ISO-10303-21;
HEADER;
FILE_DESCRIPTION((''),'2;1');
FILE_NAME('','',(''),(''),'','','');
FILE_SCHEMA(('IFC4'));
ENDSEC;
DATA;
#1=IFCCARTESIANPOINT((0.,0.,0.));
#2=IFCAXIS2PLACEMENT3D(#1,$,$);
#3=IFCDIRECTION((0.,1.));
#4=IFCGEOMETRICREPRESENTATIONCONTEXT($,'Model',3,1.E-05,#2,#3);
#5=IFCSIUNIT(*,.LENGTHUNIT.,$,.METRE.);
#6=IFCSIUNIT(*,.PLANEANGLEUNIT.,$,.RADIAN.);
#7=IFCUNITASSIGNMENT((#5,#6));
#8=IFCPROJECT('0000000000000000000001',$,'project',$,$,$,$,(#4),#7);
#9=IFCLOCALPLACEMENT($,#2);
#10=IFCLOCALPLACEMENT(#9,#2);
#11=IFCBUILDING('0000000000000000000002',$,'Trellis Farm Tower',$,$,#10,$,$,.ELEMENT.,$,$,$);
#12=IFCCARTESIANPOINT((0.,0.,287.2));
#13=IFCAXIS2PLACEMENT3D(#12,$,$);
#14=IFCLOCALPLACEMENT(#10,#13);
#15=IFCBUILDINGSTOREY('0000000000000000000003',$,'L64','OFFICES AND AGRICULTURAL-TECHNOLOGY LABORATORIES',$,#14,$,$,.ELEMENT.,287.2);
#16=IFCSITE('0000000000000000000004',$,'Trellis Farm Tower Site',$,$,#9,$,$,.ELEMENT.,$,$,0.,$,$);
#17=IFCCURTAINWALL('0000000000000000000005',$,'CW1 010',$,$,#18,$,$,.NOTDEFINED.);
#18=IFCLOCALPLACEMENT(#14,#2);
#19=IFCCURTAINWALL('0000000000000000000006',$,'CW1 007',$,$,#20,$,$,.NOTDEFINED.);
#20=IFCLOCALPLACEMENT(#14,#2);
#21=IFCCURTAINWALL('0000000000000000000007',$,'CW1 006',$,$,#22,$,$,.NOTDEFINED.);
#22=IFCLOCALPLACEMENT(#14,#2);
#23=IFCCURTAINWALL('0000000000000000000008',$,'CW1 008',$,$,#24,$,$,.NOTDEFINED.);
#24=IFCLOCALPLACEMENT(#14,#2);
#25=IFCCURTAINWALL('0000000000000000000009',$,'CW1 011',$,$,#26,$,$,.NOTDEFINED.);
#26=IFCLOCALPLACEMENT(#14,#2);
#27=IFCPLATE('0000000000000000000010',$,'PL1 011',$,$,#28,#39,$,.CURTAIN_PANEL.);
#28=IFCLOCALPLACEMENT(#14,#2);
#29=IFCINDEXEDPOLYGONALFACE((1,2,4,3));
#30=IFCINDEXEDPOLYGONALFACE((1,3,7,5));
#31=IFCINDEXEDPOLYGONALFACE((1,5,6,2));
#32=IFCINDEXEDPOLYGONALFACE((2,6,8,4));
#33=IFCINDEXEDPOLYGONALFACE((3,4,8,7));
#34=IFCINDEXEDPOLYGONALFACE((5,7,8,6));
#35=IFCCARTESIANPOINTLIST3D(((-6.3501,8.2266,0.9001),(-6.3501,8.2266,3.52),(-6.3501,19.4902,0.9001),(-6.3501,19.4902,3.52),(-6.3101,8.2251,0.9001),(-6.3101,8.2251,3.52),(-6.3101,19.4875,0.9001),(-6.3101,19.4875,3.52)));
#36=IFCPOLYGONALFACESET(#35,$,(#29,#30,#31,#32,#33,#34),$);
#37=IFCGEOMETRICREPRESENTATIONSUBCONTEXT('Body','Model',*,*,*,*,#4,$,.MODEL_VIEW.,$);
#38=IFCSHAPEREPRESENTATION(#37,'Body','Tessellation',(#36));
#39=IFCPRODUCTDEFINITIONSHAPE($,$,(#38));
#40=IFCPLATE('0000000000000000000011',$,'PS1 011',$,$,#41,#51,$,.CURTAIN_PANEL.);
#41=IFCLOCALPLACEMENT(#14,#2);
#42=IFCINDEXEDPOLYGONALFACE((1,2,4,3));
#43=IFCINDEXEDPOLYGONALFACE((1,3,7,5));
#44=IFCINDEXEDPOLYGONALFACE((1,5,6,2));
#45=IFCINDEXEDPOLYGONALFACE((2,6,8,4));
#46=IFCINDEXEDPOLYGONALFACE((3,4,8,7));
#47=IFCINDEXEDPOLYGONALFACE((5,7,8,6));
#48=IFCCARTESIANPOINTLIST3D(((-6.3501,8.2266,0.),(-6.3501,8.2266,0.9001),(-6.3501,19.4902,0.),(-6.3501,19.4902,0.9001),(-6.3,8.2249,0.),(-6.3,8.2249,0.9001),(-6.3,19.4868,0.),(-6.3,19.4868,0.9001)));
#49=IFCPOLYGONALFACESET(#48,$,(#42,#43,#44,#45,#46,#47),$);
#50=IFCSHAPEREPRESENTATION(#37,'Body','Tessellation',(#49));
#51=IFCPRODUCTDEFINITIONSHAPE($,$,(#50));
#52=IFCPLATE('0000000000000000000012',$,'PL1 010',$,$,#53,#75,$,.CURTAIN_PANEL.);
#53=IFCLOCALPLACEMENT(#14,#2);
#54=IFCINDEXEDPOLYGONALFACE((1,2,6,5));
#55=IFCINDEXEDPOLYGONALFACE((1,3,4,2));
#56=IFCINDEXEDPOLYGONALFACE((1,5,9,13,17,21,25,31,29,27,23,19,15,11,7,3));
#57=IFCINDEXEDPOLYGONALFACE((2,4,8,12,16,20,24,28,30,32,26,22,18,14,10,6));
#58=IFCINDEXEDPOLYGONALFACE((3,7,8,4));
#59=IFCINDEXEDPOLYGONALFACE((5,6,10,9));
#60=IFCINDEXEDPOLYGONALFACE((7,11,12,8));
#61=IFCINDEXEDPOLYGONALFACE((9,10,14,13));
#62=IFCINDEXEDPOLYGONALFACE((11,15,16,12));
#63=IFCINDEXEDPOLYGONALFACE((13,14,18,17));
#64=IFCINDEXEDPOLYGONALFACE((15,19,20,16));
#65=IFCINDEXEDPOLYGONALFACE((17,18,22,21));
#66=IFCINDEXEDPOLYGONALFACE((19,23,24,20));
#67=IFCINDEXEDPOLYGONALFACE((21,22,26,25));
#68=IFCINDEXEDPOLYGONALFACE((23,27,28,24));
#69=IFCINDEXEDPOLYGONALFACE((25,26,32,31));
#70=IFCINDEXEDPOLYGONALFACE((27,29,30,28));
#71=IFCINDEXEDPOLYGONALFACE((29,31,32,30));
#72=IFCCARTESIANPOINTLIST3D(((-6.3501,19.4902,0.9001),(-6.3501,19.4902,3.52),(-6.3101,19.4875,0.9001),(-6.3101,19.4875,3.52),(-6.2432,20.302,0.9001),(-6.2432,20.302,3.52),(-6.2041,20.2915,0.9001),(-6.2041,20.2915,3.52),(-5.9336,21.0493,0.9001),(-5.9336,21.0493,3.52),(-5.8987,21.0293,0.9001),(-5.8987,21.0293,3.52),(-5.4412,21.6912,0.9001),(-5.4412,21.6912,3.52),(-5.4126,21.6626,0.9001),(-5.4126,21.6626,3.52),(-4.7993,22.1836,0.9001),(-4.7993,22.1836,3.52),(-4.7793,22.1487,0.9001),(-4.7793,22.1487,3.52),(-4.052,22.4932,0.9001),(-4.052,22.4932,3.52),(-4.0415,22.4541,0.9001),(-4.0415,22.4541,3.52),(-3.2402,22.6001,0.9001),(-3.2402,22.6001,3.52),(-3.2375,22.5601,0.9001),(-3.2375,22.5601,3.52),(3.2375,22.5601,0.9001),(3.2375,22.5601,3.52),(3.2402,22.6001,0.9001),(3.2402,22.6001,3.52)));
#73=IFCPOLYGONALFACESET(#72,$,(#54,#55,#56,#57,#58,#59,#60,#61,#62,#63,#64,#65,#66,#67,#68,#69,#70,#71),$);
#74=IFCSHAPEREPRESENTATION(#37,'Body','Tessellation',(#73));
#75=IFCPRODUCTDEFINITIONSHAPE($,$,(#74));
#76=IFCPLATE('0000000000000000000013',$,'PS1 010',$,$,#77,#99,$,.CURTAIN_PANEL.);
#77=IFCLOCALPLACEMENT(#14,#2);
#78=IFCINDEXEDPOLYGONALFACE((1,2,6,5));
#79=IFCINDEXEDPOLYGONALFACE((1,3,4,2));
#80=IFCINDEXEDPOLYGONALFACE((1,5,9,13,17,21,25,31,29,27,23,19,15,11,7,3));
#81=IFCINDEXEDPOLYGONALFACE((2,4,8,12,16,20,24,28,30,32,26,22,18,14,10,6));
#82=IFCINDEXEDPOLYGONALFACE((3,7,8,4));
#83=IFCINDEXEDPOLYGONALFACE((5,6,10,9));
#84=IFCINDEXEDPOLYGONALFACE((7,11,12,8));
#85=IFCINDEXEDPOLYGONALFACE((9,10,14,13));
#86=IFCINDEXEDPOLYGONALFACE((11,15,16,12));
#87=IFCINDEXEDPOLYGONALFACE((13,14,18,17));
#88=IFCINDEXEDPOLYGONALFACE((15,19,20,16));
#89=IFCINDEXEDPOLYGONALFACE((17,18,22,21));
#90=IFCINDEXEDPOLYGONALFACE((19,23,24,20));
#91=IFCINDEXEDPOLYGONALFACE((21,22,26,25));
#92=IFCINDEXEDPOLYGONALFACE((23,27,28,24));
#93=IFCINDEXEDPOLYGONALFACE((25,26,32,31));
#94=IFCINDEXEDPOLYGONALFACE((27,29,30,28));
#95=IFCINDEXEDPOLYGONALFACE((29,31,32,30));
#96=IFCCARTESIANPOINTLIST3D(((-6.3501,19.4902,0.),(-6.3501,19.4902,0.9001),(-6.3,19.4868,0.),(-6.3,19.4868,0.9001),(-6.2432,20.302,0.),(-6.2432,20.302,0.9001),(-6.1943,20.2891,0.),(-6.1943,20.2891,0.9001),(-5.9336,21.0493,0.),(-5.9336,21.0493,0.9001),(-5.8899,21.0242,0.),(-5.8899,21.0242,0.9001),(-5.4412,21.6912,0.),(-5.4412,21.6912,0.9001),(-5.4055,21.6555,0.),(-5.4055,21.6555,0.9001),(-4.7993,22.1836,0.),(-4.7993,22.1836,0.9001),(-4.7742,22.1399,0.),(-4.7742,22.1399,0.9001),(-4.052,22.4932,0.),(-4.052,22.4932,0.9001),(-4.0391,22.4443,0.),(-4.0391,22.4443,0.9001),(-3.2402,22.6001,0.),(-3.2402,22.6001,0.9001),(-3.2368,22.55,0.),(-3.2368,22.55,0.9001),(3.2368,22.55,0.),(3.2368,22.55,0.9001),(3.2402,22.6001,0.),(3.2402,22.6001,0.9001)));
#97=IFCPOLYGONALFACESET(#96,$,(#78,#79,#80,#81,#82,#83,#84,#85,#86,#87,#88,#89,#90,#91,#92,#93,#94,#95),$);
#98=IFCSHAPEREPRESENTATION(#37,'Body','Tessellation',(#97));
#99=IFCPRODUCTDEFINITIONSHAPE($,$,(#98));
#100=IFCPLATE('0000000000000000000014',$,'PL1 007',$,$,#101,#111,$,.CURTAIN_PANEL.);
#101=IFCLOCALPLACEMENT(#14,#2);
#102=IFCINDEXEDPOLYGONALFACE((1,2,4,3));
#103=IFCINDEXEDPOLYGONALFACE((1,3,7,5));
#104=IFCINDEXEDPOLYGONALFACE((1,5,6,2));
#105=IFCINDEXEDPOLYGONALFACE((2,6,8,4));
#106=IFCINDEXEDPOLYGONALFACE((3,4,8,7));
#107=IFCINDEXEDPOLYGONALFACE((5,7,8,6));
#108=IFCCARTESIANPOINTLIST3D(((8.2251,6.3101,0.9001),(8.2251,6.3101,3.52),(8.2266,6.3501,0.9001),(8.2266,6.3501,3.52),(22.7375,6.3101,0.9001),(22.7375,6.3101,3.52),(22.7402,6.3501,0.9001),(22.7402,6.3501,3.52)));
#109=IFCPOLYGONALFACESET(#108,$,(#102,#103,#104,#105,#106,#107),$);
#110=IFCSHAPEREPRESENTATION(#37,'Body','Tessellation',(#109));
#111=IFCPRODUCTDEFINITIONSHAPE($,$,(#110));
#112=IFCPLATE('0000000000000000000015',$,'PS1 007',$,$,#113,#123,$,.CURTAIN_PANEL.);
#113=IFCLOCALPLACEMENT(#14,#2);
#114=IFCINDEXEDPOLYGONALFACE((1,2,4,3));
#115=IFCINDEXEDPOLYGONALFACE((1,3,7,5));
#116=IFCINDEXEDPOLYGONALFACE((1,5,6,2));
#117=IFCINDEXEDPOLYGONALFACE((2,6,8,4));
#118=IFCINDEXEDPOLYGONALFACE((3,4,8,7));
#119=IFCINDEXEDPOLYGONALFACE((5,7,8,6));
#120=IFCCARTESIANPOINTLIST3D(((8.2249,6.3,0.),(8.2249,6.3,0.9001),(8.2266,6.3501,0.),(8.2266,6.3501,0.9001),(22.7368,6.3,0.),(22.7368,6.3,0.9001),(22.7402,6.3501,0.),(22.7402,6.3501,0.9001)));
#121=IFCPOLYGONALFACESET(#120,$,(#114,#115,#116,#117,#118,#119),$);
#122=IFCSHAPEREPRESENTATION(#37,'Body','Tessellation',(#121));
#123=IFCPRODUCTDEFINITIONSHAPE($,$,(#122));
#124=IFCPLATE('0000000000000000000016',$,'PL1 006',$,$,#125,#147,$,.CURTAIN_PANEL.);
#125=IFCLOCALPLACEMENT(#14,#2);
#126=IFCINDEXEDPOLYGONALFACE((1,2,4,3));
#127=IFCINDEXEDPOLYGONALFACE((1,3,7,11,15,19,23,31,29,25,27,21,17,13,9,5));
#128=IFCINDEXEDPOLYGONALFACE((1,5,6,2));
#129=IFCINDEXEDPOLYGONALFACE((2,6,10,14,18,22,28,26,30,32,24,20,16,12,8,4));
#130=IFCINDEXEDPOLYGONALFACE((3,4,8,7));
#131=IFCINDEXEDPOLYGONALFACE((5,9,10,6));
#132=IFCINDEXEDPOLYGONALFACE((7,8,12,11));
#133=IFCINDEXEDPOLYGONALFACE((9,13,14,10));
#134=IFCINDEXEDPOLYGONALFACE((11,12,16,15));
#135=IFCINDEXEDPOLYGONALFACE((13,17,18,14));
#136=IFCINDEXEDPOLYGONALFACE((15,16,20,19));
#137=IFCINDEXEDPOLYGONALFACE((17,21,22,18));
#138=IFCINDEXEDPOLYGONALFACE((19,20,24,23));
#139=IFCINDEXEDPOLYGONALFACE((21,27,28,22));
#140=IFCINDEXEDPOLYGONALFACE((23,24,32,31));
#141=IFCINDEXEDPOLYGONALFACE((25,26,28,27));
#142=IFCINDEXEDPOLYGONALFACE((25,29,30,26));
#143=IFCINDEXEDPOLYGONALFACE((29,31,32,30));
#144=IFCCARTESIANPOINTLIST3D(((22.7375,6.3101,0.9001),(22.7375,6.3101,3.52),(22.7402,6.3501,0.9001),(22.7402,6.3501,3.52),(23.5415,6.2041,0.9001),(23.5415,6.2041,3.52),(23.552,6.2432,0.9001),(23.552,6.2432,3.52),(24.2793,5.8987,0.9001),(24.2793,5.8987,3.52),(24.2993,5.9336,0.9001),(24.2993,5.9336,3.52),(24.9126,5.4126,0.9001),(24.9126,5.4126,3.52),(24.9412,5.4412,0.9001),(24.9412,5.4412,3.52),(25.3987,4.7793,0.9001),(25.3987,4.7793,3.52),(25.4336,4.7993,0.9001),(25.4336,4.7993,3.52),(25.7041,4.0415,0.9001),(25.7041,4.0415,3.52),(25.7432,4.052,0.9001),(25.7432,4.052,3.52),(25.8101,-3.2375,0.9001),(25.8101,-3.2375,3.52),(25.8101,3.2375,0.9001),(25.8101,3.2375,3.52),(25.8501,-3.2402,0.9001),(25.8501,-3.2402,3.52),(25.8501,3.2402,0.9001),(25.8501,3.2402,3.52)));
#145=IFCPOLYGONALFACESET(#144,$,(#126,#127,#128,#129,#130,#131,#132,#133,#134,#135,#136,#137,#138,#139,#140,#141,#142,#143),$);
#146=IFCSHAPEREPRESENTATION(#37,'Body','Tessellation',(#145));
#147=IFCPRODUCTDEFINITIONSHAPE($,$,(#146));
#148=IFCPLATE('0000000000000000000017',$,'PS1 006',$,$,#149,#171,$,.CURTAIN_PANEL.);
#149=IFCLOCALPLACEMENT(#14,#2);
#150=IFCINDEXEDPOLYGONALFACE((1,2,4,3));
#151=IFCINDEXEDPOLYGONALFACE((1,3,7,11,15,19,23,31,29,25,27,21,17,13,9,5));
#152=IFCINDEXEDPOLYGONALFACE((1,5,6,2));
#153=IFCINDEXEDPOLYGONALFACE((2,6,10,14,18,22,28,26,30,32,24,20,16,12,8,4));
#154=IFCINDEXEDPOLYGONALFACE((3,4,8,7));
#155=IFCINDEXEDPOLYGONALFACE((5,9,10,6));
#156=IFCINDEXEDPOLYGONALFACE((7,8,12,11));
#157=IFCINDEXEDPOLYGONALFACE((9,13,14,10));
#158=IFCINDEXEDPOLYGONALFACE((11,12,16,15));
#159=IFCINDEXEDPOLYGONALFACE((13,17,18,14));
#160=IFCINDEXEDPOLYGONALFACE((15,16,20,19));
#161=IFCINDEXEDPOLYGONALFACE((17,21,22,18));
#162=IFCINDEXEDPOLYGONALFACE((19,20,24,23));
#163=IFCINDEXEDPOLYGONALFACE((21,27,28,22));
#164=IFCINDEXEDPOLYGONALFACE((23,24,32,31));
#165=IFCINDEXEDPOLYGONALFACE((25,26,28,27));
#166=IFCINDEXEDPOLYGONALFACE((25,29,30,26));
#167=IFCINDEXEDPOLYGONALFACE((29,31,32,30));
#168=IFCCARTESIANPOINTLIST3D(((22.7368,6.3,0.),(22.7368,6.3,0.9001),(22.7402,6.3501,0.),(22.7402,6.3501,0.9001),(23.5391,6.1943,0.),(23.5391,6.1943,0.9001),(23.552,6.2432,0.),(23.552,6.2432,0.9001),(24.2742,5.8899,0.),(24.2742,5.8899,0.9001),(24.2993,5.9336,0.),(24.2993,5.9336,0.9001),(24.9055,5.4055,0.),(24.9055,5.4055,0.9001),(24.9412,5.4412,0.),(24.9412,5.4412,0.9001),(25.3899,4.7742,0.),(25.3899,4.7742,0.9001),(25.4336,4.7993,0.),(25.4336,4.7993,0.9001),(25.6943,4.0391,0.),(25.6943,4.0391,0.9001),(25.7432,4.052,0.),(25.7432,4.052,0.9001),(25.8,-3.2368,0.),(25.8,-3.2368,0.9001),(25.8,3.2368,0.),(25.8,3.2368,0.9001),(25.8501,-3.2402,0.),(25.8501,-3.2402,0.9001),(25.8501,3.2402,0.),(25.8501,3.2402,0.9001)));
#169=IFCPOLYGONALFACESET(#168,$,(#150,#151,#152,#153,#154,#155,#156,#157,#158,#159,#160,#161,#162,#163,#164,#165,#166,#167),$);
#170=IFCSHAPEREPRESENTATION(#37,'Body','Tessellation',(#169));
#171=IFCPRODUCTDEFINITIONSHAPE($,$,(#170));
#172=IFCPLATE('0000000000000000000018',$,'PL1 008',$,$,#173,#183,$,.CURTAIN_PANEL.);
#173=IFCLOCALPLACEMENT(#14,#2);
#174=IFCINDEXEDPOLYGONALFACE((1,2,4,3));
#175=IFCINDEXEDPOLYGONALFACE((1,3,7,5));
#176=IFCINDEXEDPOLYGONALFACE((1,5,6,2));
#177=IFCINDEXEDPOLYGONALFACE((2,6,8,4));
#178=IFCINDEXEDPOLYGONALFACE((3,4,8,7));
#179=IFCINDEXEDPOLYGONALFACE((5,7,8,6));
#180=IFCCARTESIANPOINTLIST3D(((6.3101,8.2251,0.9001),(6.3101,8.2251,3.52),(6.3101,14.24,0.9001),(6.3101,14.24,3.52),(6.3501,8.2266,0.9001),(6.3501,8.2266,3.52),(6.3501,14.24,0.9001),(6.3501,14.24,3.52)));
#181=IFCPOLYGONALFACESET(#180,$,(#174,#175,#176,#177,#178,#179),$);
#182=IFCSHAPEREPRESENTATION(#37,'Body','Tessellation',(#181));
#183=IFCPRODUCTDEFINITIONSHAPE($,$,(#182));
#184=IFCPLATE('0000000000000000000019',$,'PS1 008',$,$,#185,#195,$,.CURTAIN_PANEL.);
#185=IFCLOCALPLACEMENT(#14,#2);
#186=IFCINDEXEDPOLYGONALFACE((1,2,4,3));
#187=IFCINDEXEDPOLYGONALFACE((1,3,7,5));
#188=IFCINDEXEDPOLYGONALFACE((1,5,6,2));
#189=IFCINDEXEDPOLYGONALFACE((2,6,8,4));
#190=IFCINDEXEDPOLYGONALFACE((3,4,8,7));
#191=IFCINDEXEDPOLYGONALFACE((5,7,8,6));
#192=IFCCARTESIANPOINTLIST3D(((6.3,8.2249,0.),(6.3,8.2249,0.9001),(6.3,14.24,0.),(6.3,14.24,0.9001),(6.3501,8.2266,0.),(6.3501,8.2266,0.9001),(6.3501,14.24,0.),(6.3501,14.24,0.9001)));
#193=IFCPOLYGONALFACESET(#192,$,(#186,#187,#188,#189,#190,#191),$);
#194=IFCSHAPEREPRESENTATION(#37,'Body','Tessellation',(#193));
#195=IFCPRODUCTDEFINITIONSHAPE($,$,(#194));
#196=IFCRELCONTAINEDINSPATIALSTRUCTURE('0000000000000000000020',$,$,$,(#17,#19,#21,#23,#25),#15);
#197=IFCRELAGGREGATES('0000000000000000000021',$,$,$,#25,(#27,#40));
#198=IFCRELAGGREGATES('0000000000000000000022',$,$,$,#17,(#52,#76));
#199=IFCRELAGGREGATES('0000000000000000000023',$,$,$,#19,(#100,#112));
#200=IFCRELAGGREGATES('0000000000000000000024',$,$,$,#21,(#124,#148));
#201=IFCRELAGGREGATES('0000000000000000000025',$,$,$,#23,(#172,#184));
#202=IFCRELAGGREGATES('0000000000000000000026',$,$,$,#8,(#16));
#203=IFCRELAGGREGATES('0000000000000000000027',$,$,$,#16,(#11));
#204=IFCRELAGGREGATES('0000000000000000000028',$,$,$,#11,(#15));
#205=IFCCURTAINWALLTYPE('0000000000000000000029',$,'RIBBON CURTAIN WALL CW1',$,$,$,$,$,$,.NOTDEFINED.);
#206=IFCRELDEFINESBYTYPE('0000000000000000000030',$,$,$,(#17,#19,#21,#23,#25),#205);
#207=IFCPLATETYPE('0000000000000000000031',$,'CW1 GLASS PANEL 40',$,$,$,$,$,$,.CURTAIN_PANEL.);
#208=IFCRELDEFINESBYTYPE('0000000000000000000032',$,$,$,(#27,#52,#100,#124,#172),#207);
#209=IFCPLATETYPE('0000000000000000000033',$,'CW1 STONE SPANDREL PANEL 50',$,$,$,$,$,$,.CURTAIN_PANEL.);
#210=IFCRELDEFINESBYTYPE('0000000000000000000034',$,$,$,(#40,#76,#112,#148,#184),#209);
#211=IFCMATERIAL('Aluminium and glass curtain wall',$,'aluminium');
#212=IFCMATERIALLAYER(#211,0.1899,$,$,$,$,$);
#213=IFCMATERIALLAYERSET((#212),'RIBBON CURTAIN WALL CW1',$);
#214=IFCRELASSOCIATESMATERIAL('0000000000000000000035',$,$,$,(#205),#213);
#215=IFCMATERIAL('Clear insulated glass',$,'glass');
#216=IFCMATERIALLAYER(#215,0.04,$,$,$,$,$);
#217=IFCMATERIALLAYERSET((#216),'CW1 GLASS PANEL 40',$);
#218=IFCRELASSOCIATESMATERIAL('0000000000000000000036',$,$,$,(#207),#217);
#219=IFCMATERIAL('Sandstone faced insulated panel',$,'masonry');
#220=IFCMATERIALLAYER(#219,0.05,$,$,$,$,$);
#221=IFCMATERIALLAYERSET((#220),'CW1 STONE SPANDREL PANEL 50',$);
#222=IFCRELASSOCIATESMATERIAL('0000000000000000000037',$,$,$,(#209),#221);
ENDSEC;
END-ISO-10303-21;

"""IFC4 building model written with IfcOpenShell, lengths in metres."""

from ifc_helpers import new_model, si_unit, direction, frame, origin, place, context, subcontext, project, spatial, polyline, outline, extrude, source, transform, mapped, material, layer, layer_set, type_object, element, aggregate, save


model = new_model("IFC4")

# Units and contexts
model_context = context("Model", 3, precision=1e-05, world=origin(), true_north=direction((0.0, 1.0)))
body_context = subcontext(model_context, "Body", "Model", "MODEL_VIEW")
ifc_project = project(units=[si_unit("LENGTHUNIT", "METRE"), si_unit("PLANEANGLEUNIT", "RADIAN")], contexts=[model_context])

# Site, building, storey
site_placement = place(None, origin())
site = spatial("IfcSite", under=ifc_project, at=site_placement, Name="Trellis Farm Tower Site", CompositionType="ELEMENT", RefElevation=0.0)
building_placement = place(site_placement, origin())
building = spatial("IfcBuilding", under=site, at=building_placement, Name="Trellis Farm Tower", CompositionType="ELEMENT")
storey_placement = place(building_placement, frame((0.0, 0.0, 287.2)))
storey = spatial("IfcBuildingStorey", under=building, at=storey_placement, Name="L64", Description="OFFICES AND AGRICULTURAL-TECHNOLOGY LABORATORIES", CompositionType="ELEMENT", Elevation=287.2)

# Curtain walls
ifc_material_1 = material(Name="Aluminium and glass curtain wall", Category="aluminium")
placement_1 = place(storey_placement, origin())
ifc_layer_1 = layer(ifc_material_1, 0.1899)
ifc_layer_set_1 = layer_set([ifc_layer_1], Name="RIBBON CURTAIN WALL CW1")
curtain_wall_type_1 = type_object("IfcCurtainWallType", Name="RIBBON CURTAIN WALL CW1", PredefinedType="NOTDEFINED", material=ifc_layer_set_1)
curtain_wall_1 = element("IfcCurtainWall", 1, at=placement_1, inside=storey, type_object=curtain_wall_type_1, Name="CW1 010", PredefinedType="NOTDEFINED")
curtain_wall_2 = element("IfcCurtainWall", 2, at=placement_1, inside=storey, type_object=curtain_wall_type_1, Name="CW1 007", PredefinedType="NOTDEFINED")
curtain_wall_3 = element("IfcCurtainWall", 3, at=placement_1, inside=storey, type_object=curtain_wall_type_1, Name="CW1 006", PredefinedType="NOTDEFINED")
curtain_wall_4 = element("IfcCurtainWall", 4, at=placement_1, inside=storey, type_object=curtain_wall_type_1, Name="CW1 008", PredefinedType="NOTDEFINED")

# Shared definitions
ifc_material_2 = material(Name="Clear insulated glass", Category="glass")

# Curtain wall, plates
curtain_wall_5 = element("IfcCurtainWall", 5, at=placement_1, inside=storey, type_object=curtain_wall_type_1, Name="CW1 011", PredefinedType="NOTDEFINED")
ifc_layer_2 = layer(ifc_material_2, 0.04)
ifc_layer_set_2 = layer_set([ifc_layer_2], Name="CW1 GLASS PANEL 40")
plate_type_1 = type_object("IfcPlateType", Name="CW1 GLASS PANEL 40", PredefinedType="CURTAIN_PANEL", material=ifc_layer_set_2)
shared_shape_1 = source(origin(), body_context, "Body", "SweptSolid", [
    extrude(outline(polyline([(-6.3501, 19.4902), (-6.3501, 8.2266), (-6.3101, 8.2251), (-6.3101, 19.4875), (-6.3501, 19.4902)])), origin(), (0.0, 0.0, 1.0), 2.6199),
])
placement_2 = place(storey_placement, frame((0.0, 0.0, 0.9001)))
plate_1 = element("IfcPlate", 6, at=placement_2, type_object=plate_type_1, Name="PL1 011", PredefinedType="CURTAIN_PANEL", context=body_context, shape_type="MappedRepresentation", body=[
    mapped(shared_shape_1, transform((0.0, 0.0, 0.0))),
])
ifc_material_3 = material(Name="Sandstone faced insulated panel", Category="masonry")
ifc_layer_3 = layer(ifc_material_3, 0.05)
ifc_layer_set_3 = layer_set([ifc_layer_3], Name="CW1 STONE SPANDREL PANEL 50")
plate_type_2 = type_object("IfcPlateType", Name="CW1 STONE SPANDREL PANEL 50", PredefinedType="CURTAIN_PANEL", material=ifc_layer_set_3)
shared_shape_2 = source(origin(), body_context, "Body", "SweptSolid", [
    extrude(outline(polyline([(-6.3501, 19.4902), (-6.3501, 8.2266), (-6.3, 8.2249), (-6.3, 19.4868), (-6.3501, 19.4902)])), origin(), (0.0, 0.0, 1.0), 0.9001),
])
plate_2 = element("IfcPlate", 7, at=placement_1, type_object=plate_type_2, Name="PS1 011", PredefinedType="CURTAIN_PANEL", context=body_context, shape_type="MappedRepresentation", body=[
    mapped(shared_shape_2, transform((0.0, 0.0, 0.0))),
])
aggregate(curtain_wall_5, [plate_1, plate_2])

# Plates
shared_shape_3 = source(origin(), body_context, "Body", "SweptSolid", [
    extrude(outline(polyline([(3.2402, 22.6001), (-3.2402, 22.6001), (-4.052, 22.4932), (-4.7993, 22.1836), (-5.4412, 21.6912), (-5.9336, 21.0493), (-6.2432, 20.302), (-6.3501, 19.4902), (-6.3101, 19.4875), (-6.2041, 20.2915), (-5.8987, 21.0293), (-5.4126, 21.6626), (-4.7793, 22.1487), (-4.0415, 22.4541), (-3.2375, 22.5601), (3.2375, 22.5601), (3.2402, 22.6001)])), origin(), (0.0, 0.0, 1.0), 2.6199),
])
plate_3 = element("IfcPlate", 8, at=placement_2, type_object=plate_type_1, Name="PL1 010", PredefinedType="CURTAIN_PANEL", context=body_context, shape_type="MappedRepresentation", body=[
    mapped(shared_shape_3, transform((0.0, 0.0, 0.0))),
])
shared_shape_4 = source(origin(), body_context, "Body", "SweptSolid", [
    extrude(outline(polyline([(3.2402, 22.6001), (-3.2402, 22.6001), (-4.052, 22.4932), (-4.7993, 22.1836), (-5.4412, 21.6912), (-5.9336, 21.0493), (-6.2432, 20.302), (-6.3501, 19.4902), (-6.3, 19.4868), (-6.1943, 20.2891), (-5.8899, 21.0242), (-5.4055, 21.6555), (-4.7742, 22.1399), (-4.0391, 22.4443), (-3.2368, 22.55), (3.2368, 22.55), (3.2402, 22.6001)])), origin(), (0.0, 0.0, 1.0), 0.9001),
])
plate_4 = element("IfcPlate", 9, at=placement_1, type_object=plate_type_2, Name="PS1 010", PredefinedType="CURTAIN_PANEL", context=body_context, shape_type="MappedRepresentation", body=[
    mapped(shared_shape_4, transform((0.0, 0.0, 0.0))),
])
aggregate(curtain_wall_1, [plate_3, plate_4])
shared_shape_5 = source(origin(), body_context, "Body", "SweptSolid", [
    extrude(outline(polyline([(22.7402, 6.3501), (8.2266, 6.3501), (8.2251, 6.3101), (22.7375, 6.3101), (22.7402, 6.3501)])), origin(), (0.0, 0.0, 1.0), 2.6199),
])
plate_5 = element("IfcPlate", 10, at=placement_2, type_object=plate_type_1, Name="PL1 007", PredefinedType="CURTAIN_PANEL", context=body_context, shape_type="MappedRepresentation", body=[
    mapped(shared_shape_5, transform((0.0, 0.0, 0.0))),
])
shared_shape_6 = source(origin(), body_context, "Body", "SweptSolid", [
    extrude(outline(polyline([(22.7402, 6.3501), (8.2266, 6.3501), (8.2249, 6.3), (22.7368, 6.3), (22.7402, 6.3501)])), origin(), (0.0, 0.0, 1.0), 0.9001),
])
plate_6 = element("IfcPlate", 11, at=placement_1, type_object=plate_type_2, Name="PS1 007", PredefinedType="CURTAIN_PANEL", context=body_context, shape_type="MappedRepresentation", body=[
    mapped(shared_shape_6, transform((0.0, 0.0, 0.0))),
])
aggregate(curtain_wall_2, [plate_5, plate_6])
shared_shape_7 = source(origin(), body_context, "Body", "SweptSolid", [
    extrude(outline(polyline([(25.8501, -3.2402), (25.8501, 3.2402), (25.7432, 4.052), (25.4336, 4.7993), (24.9412, 5.4412), (24.2993, 5.9336), (23.552, 6.2432), (22.7402, 6.3501), (22.7375, 6.3101), (23.5415, 6.2041), (24.2793, 5.8987), (24.9126, 5.4126), (25.3987, 4.7793), (25.7041, 4.0415), (25.8101, 3.2375), (25.8101, -3.2375), (25.8501, -3.2402)])), origin(), (0.0, 0.0, 1.0), 2.6199),
])
plate_7 = element("IfcPlate", 12, at=placement_2, type_object=plate_type_1, Name="PL1 006", PredefinedType="CURTAIN_PANEL", context=body_context, shape_type="MappedRepresentation", body=[
    mapped(shared_shape_7, transform((0.0, 0.0, 0.0))),
])
shared_shape_8 = source(origin(), body_context, "Body", "SweptSolid", [
    extrude(outline(polyline([(25.8501, -3.2402), (25.8501, 3.2402), (25.7432, 4.052), (25.4336, 4.7993), (24.9412, 5.4412), (24.2993, 5.9336), (23.552, 6.2432), (22.7402, 6.3501), (22.7368, 6.3), (23.5391, 6.1943), (24.2742, 5.8899), (24.9055, 5.4055), (25.3899, 4.7742), (25.6943, 4.0391), (25.8, 3.2368), (25.8, -3.2368), (25.8501, -3.2402)])), origin(), (0.0, 0.0, 1.0), 0.9001),
])
plate_8 = element("IfcPlate", 13, at=placement_1, type_object=plate_type_2, Name="PS1 006", PredefinedType="CURTAIN_PANEL", context=body_context, shape_type="MappedRepresentation", body=[
    mapped(shared_shape_8, transform((0.0, 0.0, 0.0))),
])
aggregate(curtain_wall_3, [plate_7, plate_8])
shared_shape_9 = source(origin(), body_context, "Body", "SweptSolid", [
    extrude(outline(polyline([(6.3501, 8.2266), (6.3501, 14.24), (6.3101, 14.24), (6.3101, 8.2251), (6.3501, 8.2266)])), origin(), (0.0, 0.0, 1.0), 2.6199),
])
plate_9 = element("IfcPlate", 14, at=placement_2, type_object=plate_type_1, Name="PL1 008", PredefinedType="CURTAIN_PANEL", context=body_context, shape_type="MappedRepresentation", body=[
    mapped(shared_shape_9, transform((0.0, 0.0, 0.0))),
])
shared_shape_10 = source(origin(), body_context, "Body", "SweptSolid", [
    extrude(outline(polyline([(6.3501, 8.2266), (6.3501, 14.24), (6.3, 14.24), (6.3, 8.2249), (6.3501, 8.2266)])), origin(), (0.0, 0.0, 1.0), 0.9001),
])
plate_10 = element("IfcPlate", 15, at=placement_1, type_object=plate_type_2, Name="PS1 008", PredefinedType="CURTAIN_PANEL", context=body_context, shape_type="MappedRepresentation", body=[
    mapped(shared_shape_10, transform((0.0, 0.0, 0.0))),
])
aggregate(curtain_wall_4, [plate_9, plate_10])

save(model, "model.ifc")
